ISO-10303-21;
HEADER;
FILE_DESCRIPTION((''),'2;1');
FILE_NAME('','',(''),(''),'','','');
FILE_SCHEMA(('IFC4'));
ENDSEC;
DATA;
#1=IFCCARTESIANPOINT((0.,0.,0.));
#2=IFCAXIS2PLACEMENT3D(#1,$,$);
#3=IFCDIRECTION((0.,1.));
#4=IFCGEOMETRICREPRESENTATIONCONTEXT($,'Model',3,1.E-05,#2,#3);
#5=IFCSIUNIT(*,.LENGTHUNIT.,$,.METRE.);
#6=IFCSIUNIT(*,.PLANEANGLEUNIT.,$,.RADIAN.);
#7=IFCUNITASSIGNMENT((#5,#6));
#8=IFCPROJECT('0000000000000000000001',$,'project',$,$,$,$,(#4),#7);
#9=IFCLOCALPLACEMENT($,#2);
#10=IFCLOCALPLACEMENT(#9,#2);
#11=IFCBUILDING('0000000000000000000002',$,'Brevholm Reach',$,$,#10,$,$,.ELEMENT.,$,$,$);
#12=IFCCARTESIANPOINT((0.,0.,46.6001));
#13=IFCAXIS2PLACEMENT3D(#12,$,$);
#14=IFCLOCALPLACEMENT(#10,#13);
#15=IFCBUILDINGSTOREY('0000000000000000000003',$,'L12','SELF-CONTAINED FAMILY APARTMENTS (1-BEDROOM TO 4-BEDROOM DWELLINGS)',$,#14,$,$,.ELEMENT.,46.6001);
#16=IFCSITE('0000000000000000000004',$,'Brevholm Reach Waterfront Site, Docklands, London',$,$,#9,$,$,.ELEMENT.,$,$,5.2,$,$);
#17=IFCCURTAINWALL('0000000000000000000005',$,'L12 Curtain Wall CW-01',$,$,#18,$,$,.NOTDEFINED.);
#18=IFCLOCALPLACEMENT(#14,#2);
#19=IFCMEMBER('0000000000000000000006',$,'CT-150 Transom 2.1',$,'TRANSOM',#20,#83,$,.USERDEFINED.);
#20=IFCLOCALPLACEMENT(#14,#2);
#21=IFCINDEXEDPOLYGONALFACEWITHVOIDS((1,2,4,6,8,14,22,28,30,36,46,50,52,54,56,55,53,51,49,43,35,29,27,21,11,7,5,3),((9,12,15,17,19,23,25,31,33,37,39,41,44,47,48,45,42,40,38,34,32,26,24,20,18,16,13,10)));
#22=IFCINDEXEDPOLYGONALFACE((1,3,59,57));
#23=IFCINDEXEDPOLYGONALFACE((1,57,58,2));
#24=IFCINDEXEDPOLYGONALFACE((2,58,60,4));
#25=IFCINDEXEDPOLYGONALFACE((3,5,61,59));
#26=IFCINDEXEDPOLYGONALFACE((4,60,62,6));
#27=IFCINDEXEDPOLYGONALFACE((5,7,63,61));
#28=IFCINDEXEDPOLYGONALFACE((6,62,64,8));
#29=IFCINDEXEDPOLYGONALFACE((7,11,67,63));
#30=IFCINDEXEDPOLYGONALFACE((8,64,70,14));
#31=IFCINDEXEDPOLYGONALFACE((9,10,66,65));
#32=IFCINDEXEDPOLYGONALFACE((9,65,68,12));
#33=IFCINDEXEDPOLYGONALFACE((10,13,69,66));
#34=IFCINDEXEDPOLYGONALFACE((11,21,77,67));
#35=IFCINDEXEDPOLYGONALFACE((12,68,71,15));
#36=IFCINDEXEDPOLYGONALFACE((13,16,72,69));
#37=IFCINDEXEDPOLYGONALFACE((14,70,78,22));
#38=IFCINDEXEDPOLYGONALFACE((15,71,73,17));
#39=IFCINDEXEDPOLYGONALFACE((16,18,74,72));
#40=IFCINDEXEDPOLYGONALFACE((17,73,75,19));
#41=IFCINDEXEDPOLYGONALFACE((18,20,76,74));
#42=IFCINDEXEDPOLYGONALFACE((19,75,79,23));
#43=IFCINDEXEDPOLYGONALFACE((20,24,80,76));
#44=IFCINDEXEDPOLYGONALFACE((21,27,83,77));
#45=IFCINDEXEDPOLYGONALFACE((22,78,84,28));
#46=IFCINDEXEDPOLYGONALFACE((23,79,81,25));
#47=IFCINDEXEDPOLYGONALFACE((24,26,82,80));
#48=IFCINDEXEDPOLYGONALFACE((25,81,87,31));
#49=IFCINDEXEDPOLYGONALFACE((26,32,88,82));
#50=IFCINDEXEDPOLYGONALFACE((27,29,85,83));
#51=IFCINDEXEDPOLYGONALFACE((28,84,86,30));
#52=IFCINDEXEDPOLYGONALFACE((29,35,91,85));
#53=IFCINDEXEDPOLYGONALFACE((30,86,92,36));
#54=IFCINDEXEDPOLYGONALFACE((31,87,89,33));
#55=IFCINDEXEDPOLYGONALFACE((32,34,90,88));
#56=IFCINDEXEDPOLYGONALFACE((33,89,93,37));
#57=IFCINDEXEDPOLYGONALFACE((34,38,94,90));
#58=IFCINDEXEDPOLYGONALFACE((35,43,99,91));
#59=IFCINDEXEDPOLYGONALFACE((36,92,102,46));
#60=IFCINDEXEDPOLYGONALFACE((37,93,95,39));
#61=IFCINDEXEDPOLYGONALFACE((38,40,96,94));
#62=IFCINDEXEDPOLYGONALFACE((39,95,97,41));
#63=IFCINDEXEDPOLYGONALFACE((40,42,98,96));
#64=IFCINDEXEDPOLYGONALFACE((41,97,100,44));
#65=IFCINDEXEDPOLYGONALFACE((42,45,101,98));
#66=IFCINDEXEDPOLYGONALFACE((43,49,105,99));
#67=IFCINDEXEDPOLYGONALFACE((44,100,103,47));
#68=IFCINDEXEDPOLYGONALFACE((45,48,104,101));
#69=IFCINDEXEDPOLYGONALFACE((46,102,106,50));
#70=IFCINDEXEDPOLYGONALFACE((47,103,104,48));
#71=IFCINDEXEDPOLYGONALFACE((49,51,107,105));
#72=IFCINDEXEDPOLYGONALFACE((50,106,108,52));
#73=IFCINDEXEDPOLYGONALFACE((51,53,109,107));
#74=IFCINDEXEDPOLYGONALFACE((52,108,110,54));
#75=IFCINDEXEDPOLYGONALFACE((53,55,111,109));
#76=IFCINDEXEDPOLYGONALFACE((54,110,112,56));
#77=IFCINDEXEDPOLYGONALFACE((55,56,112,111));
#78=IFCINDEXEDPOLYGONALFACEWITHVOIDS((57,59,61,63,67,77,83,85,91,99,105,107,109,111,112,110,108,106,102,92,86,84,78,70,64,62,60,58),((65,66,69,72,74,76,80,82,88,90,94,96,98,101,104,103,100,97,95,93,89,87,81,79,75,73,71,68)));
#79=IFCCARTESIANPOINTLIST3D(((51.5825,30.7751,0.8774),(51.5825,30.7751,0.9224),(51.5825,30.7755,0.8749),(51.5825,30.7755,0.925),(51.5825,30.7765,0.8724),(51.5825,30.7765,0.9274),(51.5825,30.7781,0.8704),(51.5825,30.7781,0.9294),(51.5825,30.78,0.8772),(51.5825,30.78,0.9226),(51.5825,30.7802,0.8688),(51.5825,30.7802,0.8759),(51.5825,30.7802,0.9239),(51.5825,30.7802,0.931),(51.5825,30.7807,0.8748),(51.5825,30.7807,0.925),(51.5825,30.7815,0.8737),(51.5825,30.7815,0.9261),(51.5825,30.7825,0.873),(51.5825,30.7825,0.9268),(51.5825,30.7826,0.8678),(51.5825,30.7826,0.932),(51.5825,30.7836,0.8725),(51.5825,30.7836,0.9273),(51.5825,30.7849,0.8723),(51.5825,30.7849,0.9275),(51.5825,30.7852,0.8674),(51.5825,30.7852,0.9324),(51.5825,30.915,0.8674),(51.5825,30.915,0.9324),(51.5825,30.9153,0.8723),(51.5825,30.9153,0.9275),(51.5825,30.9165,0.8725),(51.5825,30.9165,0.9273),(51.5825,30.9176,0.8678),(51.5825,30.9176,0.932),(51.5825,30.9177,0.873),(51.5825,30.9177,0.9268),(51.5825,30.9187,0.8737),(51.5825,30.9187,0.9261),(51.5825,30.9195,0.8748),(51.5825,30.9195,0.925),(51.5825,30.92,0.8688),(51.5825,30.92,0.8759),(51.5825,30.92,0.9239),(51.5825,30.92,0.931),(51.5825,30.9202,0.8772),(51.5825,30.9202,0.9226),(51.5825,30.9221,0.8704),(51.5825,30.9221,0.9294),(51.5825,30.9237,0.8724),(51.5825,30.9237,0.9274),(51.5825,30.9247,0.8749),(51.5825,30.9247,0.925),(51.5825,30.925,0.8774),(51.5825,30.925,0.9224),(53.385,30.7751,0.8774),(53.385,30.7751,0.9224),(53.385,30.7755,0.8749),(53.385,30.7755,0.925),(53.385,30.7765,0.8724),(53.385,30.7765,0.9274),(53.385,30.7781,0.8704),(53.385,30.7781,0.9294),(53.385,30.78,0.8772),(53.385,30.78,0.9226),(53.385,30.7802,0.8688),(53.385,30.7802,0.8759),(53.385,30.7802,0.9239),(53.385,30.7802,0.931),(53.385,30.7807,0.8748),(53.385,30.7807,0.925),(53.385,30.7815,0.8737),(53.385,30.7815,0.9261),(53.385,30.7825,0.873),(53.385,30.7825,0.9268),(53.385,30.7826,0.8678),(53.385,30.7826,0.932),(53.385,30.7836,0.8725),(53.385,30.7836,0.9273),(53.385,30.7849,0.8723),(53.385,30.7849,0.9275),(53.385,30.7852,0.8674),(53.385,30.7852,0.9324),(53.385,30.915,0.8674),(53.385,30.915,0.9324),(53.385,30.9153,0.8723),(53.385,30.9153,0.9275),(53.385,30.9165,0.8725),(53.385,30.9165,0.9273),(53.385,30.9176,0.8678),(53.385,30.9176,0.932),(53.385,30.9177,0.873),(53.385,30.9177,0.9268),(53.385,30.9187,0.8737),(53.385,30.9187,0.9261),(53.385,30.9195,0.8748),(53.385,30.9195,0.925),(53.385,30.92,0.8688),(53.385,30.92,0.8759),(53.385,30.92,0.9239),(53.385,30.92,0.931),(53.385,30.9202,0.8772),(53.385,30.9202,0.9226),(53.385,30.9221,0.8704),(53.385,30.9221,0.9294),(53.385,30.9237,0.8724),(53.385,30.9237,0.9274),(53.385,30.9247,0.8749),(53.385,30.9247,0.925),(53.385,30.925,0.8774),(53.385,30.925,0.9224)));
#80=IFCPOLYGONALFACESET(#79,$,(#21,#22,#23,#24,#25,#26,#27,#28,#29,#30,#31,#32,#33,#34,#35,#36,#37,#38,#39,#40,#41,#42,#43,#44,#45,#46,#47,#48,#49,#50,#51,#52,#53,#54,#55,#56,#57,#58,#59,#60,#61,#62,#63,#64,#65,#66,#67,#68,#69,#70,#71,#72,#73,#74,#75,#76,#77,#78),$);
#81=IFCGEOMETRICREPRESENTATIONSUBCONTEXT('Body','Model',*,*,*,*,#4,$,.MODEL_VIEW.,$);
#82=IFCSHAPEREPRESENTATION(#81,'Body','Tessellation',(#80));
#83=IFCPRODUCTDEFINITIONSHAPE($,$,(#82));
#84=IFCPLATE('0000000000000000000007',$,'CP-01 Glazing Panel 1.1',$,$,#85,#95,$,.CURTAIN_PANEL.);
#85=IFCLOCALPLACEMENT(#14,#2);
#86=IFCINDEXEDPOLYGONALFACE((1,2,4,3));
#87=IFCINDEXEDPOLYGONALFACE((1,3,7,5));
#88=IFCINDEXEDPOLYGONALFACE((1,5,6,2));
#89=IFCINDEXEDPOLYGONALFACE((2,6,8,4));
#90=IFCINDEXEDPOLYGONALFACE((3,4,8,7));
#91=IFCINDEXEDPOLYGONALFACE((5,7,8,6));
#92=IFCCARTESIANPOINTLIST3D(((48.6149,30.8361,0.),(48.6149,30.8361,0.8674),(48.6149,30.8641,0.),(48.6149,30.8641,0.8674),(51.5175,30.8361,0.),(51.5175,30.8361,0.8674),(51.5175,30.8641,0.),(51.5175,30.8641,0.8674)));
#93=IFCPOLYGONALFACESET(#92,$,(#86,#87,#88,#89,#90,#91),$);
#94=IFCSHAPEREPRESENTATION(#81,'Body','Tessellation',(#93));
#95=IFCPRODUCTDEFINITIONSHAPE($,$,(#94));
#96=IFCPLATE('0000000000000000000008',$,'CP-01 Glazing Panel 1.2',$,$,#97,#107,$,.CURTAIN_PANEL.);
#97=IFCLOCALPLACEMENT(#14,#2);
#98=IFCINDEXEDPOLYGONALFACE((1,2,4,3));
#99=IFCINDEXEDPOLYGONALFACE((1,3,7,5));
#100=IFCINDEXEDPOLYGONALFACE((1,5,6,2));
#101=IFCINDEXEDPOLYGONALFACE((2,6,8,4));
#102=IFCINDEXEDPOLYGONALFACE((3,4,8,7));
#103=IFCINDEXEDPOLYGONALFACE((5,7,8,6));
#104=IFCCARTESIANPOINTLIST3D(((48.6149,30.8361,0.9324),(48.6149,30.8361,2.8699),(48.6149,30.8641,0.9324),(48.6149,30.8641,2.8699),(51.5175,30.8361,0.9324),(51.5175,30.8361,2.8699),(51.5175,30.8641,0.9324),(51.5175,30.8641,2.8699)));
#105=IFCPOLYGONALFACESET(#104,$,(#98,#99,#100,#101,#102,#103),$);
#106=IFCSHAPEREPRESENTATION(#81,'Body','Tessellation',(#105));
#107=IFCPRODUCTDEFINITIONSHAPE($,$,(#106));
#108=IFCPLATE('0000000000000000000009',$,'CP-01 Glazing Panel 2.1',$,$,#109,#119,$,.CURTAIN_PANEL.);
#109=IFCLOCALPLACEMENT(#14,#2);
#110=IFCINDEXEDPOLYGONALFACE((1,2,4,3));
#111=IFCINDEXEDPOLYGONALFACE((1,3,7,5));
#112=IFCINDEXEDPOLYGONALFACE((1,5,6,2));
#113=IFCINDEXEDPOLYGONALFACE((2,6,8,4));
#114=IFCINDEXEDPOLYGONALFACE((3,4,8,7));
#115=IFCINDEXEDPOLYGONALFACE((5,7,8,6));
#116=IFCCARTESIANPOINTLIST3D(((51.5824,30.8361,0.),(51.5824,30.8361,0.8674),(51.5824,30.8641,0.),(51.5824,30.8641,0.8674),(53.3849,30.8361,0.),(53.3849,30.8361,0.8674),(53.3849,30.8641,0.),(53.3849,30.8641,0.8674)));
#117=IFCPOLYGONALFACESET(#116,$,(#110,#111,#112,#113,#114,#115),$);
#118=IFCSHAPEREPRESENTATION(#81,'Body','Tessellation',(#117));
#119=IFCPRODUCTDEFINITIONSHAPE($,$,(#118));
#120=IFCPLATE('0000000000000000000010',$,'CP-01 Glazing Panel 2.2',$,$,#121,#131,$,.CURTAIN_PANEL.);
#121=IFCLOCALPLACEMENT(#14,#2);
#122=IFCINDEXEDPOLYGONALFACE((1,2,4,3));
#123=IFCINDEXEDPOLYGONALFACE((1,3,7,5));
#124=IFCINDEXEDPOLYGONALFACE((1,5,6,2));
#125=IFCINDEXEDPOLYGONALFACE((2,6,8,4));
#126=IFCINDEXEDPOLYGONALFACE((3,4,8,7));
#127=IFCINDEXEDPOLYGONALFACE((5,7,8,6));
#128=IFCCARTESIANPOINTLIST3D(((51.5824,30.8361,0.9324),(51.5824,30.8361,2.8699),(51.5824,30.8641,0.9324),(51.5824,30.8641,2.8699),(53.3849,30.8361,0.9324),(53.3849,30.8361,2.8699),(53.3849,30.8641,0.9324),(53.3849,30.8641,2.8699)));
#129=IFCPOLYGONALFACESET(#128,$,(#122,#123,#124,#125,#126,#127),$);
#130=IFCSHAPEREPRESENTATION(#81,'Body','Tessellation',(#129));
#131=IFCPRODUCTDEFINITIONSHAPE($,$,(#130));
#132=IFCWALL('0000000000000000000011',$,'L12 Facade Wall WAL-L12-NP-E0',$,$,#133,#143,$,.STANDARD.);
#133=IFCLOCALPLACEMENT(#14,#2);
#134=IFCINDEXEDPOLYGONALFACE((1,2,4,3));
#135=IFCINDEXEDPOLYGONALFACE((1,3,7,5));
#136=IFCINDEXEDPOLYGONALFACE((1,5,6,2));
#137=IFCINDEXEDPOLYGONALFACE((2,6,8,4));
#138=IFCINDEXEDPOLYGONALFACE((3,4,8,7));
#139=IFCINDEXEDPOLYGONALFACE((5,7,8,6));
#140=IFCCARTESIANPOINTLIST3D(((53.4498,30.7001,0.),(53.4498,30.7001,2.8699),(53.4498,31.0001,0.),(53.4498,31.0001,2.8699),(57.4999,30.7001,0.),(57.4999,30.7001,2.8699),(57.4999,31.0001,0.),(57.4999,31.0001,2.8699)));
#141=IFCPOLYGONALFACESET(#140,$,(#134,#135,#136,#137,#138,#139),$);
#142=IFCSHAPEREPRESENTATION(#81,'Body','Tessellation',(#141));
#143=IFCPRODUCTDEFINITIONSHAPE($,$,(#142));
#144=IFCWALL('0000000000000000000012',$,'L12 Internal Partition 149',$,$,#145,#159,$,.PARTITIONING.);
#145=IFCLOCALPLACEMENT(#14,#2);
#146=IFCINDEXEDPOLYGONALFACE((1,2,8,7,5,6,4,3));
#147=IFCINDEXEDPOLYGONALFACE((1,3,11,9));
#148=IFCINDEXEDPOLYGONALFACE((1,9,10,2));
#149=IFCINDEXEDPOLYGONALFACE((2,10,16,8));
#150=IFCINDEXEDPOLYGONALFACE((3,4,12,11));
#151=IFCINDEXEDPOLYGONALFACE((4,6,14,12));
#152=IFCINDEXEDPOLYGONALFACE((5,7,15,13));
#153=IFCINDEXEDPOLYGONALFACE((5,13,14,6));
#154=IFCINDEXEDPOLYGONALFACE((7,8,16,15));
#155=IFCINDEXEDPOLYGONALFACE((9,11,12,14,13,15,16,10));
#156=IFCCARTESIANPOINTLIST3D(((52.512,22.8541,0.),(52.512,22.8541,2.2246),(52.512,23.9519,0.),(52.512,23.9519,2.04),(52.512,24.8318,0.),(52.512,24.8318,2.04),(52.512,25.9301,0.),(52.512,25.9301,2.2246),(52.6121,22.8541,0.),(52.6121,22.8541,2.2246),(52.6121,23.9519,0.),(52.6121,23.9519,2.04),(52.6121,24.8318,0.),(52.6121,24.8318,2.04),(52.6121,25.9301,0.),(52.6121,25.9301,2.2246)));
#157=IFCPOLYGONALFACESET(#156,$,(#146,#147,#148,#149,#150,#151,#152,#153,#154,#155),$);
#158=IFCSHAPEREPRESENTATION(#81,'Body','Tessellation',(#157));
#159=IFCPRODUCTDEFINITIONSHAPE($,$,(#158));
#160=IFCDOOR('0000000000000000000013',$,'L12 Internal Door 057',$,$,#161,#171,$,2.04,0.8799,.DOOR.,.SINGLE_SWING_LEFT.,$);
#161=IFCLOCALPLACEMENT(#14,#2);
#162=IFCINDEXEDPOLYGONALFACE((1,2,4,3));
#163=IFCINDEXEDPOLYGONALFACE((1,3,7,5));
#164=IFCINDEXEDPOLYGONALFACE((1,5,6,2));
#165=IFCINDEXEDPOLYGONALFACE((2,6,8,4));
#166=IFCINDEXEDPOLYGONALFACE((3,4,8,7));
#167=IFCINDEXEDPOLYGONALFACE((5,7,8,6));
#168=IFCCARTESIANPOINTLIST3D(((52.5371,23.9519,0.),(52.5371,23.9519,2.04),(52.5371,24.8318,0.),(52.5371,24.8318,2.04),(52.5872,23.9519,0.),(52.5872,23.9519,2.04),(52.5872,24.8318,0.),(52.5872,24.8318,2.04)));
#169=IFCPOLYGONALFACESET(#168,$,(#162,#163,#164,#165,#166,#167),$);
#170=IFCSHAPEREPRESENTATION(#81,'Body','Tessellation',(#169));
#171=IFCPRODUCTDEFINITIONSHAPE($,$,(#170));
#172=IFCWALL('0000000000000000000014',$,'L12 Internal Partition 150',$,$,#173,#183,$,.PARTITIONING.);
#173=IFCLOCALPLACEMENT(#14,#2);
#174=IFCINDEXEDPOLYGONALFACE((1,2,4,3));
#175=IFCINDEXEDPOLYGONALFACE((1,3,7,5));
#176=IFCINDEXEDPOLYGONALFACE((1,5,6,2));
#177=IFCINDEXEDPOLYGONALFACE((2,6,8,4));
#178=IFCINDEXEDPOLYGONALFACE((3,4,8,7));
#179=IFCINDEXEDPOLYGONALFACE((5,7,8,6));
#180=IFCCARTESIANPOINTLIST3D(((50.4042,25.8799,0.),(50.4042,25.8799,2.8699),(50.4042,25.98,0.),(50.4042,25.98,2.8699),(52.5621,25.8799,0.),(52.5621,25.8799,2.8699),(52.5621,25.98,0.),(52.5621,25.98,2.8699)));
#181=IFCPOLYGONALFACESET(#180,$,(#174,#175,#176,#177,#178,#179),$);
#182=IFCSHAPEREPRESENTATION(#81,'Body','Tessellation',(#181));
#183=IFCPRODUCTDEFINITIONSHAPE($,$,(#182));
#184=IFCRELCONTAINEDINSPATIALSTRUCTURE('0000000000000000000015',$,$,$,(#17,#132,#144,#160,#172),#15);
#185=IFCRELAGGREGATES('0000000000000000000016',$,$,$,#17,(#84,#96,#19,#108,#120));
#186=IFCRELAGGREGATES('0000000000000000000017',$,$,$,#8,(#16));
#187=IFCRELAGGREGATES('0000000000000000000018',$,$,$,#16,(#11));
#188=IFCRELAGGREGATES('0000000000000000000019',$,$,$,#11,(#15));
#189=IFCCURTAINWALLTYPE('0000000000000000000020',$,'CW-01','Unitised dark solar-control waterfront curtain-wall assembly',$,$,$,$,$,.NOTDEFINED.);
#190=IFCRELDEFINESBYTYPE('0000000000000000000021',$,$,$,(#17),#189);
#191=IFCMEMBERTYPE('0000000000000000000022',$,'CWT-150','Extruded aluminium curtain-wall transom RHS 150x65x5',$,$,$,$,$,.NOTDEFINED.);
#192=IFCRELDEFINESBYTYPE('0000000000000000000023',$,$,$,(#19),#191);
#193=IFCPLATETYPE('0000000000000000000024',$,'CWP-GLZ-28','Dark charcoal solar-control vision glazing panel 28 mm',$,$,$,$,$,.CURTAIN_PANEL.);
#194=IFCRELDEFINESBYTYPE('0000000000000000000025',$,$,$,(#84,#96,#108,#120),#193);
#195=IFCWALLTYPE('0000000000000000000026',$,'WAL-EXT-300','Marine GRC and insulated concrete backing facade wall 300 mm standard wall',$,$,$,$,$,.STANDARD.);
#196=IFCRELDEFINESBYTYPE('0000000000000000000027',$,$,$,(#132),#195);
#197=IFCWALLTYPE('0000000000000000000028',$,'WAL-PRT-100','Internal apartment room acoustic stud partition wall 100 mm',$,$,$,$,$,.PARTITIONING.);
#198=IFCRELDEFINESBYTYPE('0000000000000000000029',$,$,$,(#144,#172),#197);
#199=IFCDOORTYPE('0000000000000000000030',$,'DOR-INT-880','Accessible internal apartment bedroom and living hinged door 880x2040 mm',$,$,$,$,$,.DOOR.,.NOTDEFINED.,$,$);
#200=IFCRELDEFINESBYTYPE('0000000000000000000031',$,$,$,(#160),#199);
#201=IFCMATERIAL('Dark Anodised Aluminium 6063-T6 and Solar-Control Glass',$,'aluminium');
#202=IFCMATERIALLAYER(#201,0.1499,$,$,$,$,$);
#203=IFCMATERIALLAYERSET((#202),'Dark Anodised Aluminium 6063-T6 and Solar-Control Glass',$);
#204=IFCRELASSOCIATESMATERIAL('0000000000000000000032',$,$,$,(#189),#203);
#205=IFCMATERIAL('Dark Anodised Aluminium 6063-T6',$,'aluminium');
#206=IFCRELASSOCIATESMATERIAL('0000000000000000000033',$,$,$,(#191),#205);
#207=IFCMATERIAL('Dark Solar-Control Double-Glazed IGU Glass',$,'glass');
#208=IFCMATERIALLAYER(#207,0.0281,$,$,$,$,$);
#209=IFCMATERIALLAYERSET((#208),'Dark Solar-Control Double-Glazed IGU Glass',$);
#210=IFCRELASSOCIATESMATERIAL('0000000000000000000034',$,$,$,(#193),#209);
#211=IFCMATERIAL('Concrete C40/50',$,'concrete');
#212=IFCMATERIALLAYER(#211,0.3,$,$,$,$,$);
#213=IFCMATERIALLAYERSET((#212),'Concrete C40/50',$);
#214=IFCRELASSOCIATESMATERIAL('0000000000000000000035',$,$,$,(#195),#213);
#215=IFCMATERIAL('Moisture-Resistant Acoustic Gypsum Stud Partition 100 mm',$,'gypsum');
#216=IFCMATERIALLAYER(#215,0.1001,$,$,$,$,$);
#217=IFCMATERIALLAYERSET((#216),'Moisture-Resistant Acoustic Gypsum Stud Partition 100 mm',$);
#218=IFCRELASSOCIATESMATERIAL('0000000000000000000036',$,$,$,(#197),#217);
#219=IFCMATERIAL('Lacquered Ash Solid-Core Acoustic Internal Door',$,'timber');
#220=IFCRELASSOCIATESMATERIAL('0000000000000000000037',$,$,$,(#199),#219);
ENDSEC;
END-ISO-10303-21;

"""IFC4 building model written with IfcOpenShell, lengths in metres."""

from ifc_helpers import new_model, si_unit, direction, frame, frame_2d, origin, origin_2d, place, context, subcontext, project, spatial, rectangle, hollow_rectangle, extrude, material, layer, layer_set, material_profile, profile_set, type_object, element, fill, aggregate, save


model = new_model("IFC4")

# Units and contexts
model_context = context("Model", 3, precision=1e-05, world=origin(), true_north=direction((0.0, 1.0)))
body_context = subcontext(model_context, "Body", "Model", "MODEL_VIEW")
ifc_project = project(units=[si_unit("LENGTHUNIT", "METRE"), si_unit("PLANEANGLEUNIT", "RADIAN")], contexts=[model_context])

# Site, building, storey
site_placement = place(None, origin())
site = spatial("IfcSite", under=ifc_project, at=site_placement, Name="Brevholm Reach Waterfront Site, Docklands, London", CompositionType="ELEMENT", RefElevation=5.2)
building_placement = place(site_placement, origin())
building = spatial("IfcBuilding", under=site, at=building_placement, Name="Brevholm Reach", CompositionType="ELEMENT")
storey_placement = place(building_placement, frame((0.0, 0.0, 46.6001)))
storey = spatial("IfcBuildingStorey", under=building, at=storey_placement, Name="L12", Description="SELF-CONTAINED FAMILY APARTMENTS (1-BEDROOM TO 4-BEDROOM DWELLINGS)", CompositionType="ELEMENT", Elevation=46.6001)

# Curtain wall, member, plates
ifc_material_1 = material(Name="Dark Anodised Aluminium 6063-T6 and Solar-Control Glass", Category="aluminium")
ifc_layer_1 = layer(ifc_material_1, 0.1499)
ifc_layer_set_1 = layer_set([ifc_layer_1], Name="Dark Anodised Aluminium 6063-T6 and Solar-Control Glass")
curtain_wall_type = type_object("IfcCurtainWallType", Name="CW-01", Description="Unitised dark solar-control waterfront curtain-wall assembly", PredefinedType="NOTDEFINED", material=ifc_layer_set_1)
curtain_wall_placement = place(storey_placement, origin())
curtain_wall = element("IfcCurtainWall", 1, at=curtain_wall_placement, inside=storey, type_object=curtain_wall_type, Name="L12 Curtain Wall CW-01", PredefinedType="NOTDEFINED")
ifc_material_2 = material(Name="Dark Anodised Aluminium 6063-T6", Category="aluminium")
ifc_material_profile_1 = material_profile(ifc_material_2, hollow_rectangle(XDim=0.0649, YDim=0.1499, WallThickness=0.0049, InnerFilletRadius=0.0049, OuterFilletRadius=0.01, at=origin_2d()), Name="RHS 150x65x5")
ifc_profile_set_1 = profile_set([ifc_material_profile_1], Name="Dark Anodised Aluminium 6063-T6")
member_type_1 = type_object("IfcMemberType", Name="CWT-150", Description="Extruded aluminium curtain-wall transom RHS 150x65x5", PredefinedType="NOTDEFINED", material=ifc_profile_set_1)
member_1_placement = place(storey_placement, frame((51.5825, 30.8501, 0.8999), z_axis=(1.0, 0.0, 0.0), x_axis=(0.0, 0.0, 1.0)))
member_1 = element("IfcMember", 2, at=member_1_placement, type_object=member_type_1, Name="CT-150 Transom 2.1", ObjectType="TRANSOM", PredefinedType="USERDEFINED", context=body_context, shape_type="SweptSolid", body=[
    extrude(hollow_rectangle(XDim=0.0649, YDim=0.1499, WallThickness=0.0049, InnerFilletRadius=0.0049, OuterFilletRadius=0.01, at=origin_2d()), origin(), (0.0, 0.0, 1.0), 1.8025),
])
ifc_material_3 = material(Name="Dark Solar-Control Double-Glazed IGU Glass", Category="glass")
ifc_layer_2 = layer(ifc_material_3, 0.0281)
ifc_layer_set_2 = layer_set([ifc_layer_2], Name="Dark Solar-Control Double-Glazed IGU Glass")
plate_type = type_object("IfcPlateType", Name="CWP-GLZ-28", Description="Dark charcoal solar-control vision glazing panel 28 mm", PredefinedType="CURTAIN_PANEL", material=ifc_layer_set_2)
plate_1_placement = place(storey_placement, frame((50.0662, 30.8501, 0.0), z_axis=(0.0, 0.0, 1.0), x_axis=(1.0, 0.0, 0.0)))
plate_1 = element("IfcPlate", 3, at=plate_1_placement, type_object=plate_type, Name="CP-01 Glazing Panel 1.1", PredefinedType="CURTAIN_PANEL", context=body_context, shape_type="SweptSolid", body=[
    extrude(rectangle(XDim=2.9026, YDim=0.0281, at=origin_2d()), origin(), (0.0, 0.0, 1.0), 0.8674),
])
plate_2_placement = place(storey_placement, frame((50.0662, 30.8501, 0.9324), z_axis=(0.0, 0.0, 1.0), x_axis=(1.0, 0.0, 0.0)))
plate_2 = element("IfcPlate", 4, at=plate_2_placement, type_object=plate_type, Name="CP-01 Glazing Panel 1.2", PredefinedType="CURTAIN_PANEL", context=body_context, shape_type="SweptSolid", body=[
    extrude(rectangle(XDim=2.9026, YDim=0.0281, at=origin_2d()), origin(), (0.0, 0.0, 1.0), 1.9375),
])
plate_3_placement = place(storey_placement, frame((52.4836, 30.8501, 0.0), z_axis=(0.0, 0.0, 1.0), x_axis=(1.0, 0.0, 0.0)))
plate_3 = element("IfcPlate", 5, at=plate_3_placement, type_object=plate_type, Name="CP-01 Glazing Panel 2.1", PredefinedType="CURTAIN_PANEL", context=body_context, shape_type="SweptSolid", body=[
    extrude(rectangle(XDim=1.8025, YDim=0.0281, at=origin_2d()), origin(), (0.0, 0.0, 1.0), 0.8674),
])
plate_4_placement = place(storey_placement, frame((52.4836, 30.8501, 0.9324), z_axis=(0.0, 0.0, 1.0), x_axis=(1.0, 0.0, 0.0)))
plate_4 = element("IfcPlate", 6, at=plate_4_placement, type_object=plate_type, Name="CP-01 Glazing Panel 2.2", PredefinedType="CURTAIN_PANEL", context=body_context, shape_type="SweptSolid", body=[
    extrude(rectangle(XDim=1.8025, YDim=0.0281, at=origin_2d()), origin(), (0.0, 0.0, 1.0), 1.9375),
])
aggregate(curtain_wall, [plate_1, plate_2, member_1, plate_3, plate_4])

# Wall
ifc_material_4 = material(Name="Concrete C40/50", Category="concrete")
ifc_layer_3 = layer(ifc_material_4, 0.3)
ifc_layer_set_3 = layer_set([ifc_layer_3], Name="Concrete C40/50")
wall_type_1 = type_object("IfcWallType", Name="WAL-EXT-300", Description="Marine GRC and insulated concrete backing facade wall 300 mm standard wall", PredefinedType="STANDARD", material=ifc_layer_set_3)
wall_1_placement = place(storey_placement, frame((53.45, 30.8501, 0.0), z_axis=(0.0, 0.0, 1.0), x_axis=(1.0, 0.0, 0.0)))
element("IfcWall", 7, at=wall_1_placement, inside=storey, type_object=wall_type_1, Name="L12 Facade Wall WAL-L12-NP-E0", PredefinedType="STANDARD", context=body_context, shape_type="SweptSolid", body=[
    extrude(rectangle(XDim=4.05, YDim=0.3, at=frame_2d((2.0249, 0.0))), origin(), (0.0, 0.0, 1.0), 2.8699),
])

# Wall, opening, door
ifc_material_5 = material(Name="Moisture-Resistant Acoustic Gypsum Stud Partition 100 mm", Category="gypsum")
ifc_layer_4 = layer(ifc_material_5, 0.1001)
ifc_layer_set_4 = layer_set([ifc_layer_4], Name="Moisture-Resistant Acoustic Gypsum Stud Partition 100 mm")
wall_type_2 = type_object("IfcWallType", Name="WAL-PRT-100", Description="Internal apartment room acoustic stud partition wall 100 mm", PredefinedType="PARTITIONING", material=ifc_layer_set_4)
wall_2_placement = place(storey_placement, frame((52.562, 22.854, 0.0), z_axis=(0.0, 0.0, 1.0), x_axis=(0.0, 1.0, 0.0)))
wall_2 = element("IfcWall", 8, at=wall_2_placement, inside=storey, type_object=wall_type_2, Name="L12 Internal Partition 149", PredefinedType="PARTITIONING", context=body_context, shape_type="SweptSolid", body=[
    extrude(rectangle(XDim=3.0759, YDim=0.1001, at=frame_2d((1.5381, 0.0))), origin(), (0.0, 0.0, 1.0), 2.2246),
])
opening_1_placement = place(wall_2_placement, frame((1.0979, 0.0, 0.0)))
opening_1 = element("IfcOpeningElement", 9, at=opening_1_placement, cuts=wall_2, PredefinedType="OPENING", context=body_context, shape_type="SweptSolid", body=[
    extrude(rectangle(XDim=0.8799, YDim=2.04, at=frame_2d((0.4399, 1.02))), frame((0.0, 0.0601, 0.0), z_axis=(0.0, -1.0, 0.0), x_axis=(1.0, 0.0, 0.0)), (0.0, 0.0, 1.0), 0.1201),
])
ifc_material_6 = material(Name="Lacquered Ash Solid-Core Acoustic Internal Door", Category="timber")
door_type_1 = type_object("IfcDoorType", Name="DOR-INT-880", Description="Accessible internal apartment bedroom and living hinged door 880x2040 mm", OperationType="NOTDEFINED", PredefinedType="DOOR", material=ifc_material_6)
door_1_placement = place(opening_1_placement, origin())
door_1 = element("IfcDoor", 10, at=door_1_placement, inside=storey, type_object=door_type_1, Name="L12 Internal Door 057", OperationType="SINGLE_SWING_LEFT", OverallHeight=2.04, OverallWidth=0.8799, PredefinedType="DOOR", context=body_context, shape_type="SweptSolid", body=[
    extrude(rectangle(XDim=0.8799, YDim=2.04, at=frame_2d((0.4399, 1.02))), frame((0.0, 0.0249, 0.0), z_axis=(0.0, -1.0, 0.0), x_axis=(1.0, 0.0, 0.0)), (0.0, 0.0, 1.0), 0.05),
])
fill(opening_1, door_1)

# Wall
wall_3_placement = place(storey_placement, frame((50.4041, 25.9299, 0.0), z_axis=(0.0, 0.0, 1.0), x_axis=(1.0, 0.0, 0.0)))
element("IfcWall", 11, at=wall_3_placement, inside=storey, type_object=wall_type_2, Name="L12 Internal Partition 150", PredefinedType="PARTITIONING", context=body_context, shape_type="SweptSolid", body=[
    extrude(rectangle(XDim=2.158, YDim=0.1001, at=frame_2d((1.0791, 0.0))), origin(), (0.0, 0.0, 1.0), 2.8699),
])

save(model, "model.ifc")
